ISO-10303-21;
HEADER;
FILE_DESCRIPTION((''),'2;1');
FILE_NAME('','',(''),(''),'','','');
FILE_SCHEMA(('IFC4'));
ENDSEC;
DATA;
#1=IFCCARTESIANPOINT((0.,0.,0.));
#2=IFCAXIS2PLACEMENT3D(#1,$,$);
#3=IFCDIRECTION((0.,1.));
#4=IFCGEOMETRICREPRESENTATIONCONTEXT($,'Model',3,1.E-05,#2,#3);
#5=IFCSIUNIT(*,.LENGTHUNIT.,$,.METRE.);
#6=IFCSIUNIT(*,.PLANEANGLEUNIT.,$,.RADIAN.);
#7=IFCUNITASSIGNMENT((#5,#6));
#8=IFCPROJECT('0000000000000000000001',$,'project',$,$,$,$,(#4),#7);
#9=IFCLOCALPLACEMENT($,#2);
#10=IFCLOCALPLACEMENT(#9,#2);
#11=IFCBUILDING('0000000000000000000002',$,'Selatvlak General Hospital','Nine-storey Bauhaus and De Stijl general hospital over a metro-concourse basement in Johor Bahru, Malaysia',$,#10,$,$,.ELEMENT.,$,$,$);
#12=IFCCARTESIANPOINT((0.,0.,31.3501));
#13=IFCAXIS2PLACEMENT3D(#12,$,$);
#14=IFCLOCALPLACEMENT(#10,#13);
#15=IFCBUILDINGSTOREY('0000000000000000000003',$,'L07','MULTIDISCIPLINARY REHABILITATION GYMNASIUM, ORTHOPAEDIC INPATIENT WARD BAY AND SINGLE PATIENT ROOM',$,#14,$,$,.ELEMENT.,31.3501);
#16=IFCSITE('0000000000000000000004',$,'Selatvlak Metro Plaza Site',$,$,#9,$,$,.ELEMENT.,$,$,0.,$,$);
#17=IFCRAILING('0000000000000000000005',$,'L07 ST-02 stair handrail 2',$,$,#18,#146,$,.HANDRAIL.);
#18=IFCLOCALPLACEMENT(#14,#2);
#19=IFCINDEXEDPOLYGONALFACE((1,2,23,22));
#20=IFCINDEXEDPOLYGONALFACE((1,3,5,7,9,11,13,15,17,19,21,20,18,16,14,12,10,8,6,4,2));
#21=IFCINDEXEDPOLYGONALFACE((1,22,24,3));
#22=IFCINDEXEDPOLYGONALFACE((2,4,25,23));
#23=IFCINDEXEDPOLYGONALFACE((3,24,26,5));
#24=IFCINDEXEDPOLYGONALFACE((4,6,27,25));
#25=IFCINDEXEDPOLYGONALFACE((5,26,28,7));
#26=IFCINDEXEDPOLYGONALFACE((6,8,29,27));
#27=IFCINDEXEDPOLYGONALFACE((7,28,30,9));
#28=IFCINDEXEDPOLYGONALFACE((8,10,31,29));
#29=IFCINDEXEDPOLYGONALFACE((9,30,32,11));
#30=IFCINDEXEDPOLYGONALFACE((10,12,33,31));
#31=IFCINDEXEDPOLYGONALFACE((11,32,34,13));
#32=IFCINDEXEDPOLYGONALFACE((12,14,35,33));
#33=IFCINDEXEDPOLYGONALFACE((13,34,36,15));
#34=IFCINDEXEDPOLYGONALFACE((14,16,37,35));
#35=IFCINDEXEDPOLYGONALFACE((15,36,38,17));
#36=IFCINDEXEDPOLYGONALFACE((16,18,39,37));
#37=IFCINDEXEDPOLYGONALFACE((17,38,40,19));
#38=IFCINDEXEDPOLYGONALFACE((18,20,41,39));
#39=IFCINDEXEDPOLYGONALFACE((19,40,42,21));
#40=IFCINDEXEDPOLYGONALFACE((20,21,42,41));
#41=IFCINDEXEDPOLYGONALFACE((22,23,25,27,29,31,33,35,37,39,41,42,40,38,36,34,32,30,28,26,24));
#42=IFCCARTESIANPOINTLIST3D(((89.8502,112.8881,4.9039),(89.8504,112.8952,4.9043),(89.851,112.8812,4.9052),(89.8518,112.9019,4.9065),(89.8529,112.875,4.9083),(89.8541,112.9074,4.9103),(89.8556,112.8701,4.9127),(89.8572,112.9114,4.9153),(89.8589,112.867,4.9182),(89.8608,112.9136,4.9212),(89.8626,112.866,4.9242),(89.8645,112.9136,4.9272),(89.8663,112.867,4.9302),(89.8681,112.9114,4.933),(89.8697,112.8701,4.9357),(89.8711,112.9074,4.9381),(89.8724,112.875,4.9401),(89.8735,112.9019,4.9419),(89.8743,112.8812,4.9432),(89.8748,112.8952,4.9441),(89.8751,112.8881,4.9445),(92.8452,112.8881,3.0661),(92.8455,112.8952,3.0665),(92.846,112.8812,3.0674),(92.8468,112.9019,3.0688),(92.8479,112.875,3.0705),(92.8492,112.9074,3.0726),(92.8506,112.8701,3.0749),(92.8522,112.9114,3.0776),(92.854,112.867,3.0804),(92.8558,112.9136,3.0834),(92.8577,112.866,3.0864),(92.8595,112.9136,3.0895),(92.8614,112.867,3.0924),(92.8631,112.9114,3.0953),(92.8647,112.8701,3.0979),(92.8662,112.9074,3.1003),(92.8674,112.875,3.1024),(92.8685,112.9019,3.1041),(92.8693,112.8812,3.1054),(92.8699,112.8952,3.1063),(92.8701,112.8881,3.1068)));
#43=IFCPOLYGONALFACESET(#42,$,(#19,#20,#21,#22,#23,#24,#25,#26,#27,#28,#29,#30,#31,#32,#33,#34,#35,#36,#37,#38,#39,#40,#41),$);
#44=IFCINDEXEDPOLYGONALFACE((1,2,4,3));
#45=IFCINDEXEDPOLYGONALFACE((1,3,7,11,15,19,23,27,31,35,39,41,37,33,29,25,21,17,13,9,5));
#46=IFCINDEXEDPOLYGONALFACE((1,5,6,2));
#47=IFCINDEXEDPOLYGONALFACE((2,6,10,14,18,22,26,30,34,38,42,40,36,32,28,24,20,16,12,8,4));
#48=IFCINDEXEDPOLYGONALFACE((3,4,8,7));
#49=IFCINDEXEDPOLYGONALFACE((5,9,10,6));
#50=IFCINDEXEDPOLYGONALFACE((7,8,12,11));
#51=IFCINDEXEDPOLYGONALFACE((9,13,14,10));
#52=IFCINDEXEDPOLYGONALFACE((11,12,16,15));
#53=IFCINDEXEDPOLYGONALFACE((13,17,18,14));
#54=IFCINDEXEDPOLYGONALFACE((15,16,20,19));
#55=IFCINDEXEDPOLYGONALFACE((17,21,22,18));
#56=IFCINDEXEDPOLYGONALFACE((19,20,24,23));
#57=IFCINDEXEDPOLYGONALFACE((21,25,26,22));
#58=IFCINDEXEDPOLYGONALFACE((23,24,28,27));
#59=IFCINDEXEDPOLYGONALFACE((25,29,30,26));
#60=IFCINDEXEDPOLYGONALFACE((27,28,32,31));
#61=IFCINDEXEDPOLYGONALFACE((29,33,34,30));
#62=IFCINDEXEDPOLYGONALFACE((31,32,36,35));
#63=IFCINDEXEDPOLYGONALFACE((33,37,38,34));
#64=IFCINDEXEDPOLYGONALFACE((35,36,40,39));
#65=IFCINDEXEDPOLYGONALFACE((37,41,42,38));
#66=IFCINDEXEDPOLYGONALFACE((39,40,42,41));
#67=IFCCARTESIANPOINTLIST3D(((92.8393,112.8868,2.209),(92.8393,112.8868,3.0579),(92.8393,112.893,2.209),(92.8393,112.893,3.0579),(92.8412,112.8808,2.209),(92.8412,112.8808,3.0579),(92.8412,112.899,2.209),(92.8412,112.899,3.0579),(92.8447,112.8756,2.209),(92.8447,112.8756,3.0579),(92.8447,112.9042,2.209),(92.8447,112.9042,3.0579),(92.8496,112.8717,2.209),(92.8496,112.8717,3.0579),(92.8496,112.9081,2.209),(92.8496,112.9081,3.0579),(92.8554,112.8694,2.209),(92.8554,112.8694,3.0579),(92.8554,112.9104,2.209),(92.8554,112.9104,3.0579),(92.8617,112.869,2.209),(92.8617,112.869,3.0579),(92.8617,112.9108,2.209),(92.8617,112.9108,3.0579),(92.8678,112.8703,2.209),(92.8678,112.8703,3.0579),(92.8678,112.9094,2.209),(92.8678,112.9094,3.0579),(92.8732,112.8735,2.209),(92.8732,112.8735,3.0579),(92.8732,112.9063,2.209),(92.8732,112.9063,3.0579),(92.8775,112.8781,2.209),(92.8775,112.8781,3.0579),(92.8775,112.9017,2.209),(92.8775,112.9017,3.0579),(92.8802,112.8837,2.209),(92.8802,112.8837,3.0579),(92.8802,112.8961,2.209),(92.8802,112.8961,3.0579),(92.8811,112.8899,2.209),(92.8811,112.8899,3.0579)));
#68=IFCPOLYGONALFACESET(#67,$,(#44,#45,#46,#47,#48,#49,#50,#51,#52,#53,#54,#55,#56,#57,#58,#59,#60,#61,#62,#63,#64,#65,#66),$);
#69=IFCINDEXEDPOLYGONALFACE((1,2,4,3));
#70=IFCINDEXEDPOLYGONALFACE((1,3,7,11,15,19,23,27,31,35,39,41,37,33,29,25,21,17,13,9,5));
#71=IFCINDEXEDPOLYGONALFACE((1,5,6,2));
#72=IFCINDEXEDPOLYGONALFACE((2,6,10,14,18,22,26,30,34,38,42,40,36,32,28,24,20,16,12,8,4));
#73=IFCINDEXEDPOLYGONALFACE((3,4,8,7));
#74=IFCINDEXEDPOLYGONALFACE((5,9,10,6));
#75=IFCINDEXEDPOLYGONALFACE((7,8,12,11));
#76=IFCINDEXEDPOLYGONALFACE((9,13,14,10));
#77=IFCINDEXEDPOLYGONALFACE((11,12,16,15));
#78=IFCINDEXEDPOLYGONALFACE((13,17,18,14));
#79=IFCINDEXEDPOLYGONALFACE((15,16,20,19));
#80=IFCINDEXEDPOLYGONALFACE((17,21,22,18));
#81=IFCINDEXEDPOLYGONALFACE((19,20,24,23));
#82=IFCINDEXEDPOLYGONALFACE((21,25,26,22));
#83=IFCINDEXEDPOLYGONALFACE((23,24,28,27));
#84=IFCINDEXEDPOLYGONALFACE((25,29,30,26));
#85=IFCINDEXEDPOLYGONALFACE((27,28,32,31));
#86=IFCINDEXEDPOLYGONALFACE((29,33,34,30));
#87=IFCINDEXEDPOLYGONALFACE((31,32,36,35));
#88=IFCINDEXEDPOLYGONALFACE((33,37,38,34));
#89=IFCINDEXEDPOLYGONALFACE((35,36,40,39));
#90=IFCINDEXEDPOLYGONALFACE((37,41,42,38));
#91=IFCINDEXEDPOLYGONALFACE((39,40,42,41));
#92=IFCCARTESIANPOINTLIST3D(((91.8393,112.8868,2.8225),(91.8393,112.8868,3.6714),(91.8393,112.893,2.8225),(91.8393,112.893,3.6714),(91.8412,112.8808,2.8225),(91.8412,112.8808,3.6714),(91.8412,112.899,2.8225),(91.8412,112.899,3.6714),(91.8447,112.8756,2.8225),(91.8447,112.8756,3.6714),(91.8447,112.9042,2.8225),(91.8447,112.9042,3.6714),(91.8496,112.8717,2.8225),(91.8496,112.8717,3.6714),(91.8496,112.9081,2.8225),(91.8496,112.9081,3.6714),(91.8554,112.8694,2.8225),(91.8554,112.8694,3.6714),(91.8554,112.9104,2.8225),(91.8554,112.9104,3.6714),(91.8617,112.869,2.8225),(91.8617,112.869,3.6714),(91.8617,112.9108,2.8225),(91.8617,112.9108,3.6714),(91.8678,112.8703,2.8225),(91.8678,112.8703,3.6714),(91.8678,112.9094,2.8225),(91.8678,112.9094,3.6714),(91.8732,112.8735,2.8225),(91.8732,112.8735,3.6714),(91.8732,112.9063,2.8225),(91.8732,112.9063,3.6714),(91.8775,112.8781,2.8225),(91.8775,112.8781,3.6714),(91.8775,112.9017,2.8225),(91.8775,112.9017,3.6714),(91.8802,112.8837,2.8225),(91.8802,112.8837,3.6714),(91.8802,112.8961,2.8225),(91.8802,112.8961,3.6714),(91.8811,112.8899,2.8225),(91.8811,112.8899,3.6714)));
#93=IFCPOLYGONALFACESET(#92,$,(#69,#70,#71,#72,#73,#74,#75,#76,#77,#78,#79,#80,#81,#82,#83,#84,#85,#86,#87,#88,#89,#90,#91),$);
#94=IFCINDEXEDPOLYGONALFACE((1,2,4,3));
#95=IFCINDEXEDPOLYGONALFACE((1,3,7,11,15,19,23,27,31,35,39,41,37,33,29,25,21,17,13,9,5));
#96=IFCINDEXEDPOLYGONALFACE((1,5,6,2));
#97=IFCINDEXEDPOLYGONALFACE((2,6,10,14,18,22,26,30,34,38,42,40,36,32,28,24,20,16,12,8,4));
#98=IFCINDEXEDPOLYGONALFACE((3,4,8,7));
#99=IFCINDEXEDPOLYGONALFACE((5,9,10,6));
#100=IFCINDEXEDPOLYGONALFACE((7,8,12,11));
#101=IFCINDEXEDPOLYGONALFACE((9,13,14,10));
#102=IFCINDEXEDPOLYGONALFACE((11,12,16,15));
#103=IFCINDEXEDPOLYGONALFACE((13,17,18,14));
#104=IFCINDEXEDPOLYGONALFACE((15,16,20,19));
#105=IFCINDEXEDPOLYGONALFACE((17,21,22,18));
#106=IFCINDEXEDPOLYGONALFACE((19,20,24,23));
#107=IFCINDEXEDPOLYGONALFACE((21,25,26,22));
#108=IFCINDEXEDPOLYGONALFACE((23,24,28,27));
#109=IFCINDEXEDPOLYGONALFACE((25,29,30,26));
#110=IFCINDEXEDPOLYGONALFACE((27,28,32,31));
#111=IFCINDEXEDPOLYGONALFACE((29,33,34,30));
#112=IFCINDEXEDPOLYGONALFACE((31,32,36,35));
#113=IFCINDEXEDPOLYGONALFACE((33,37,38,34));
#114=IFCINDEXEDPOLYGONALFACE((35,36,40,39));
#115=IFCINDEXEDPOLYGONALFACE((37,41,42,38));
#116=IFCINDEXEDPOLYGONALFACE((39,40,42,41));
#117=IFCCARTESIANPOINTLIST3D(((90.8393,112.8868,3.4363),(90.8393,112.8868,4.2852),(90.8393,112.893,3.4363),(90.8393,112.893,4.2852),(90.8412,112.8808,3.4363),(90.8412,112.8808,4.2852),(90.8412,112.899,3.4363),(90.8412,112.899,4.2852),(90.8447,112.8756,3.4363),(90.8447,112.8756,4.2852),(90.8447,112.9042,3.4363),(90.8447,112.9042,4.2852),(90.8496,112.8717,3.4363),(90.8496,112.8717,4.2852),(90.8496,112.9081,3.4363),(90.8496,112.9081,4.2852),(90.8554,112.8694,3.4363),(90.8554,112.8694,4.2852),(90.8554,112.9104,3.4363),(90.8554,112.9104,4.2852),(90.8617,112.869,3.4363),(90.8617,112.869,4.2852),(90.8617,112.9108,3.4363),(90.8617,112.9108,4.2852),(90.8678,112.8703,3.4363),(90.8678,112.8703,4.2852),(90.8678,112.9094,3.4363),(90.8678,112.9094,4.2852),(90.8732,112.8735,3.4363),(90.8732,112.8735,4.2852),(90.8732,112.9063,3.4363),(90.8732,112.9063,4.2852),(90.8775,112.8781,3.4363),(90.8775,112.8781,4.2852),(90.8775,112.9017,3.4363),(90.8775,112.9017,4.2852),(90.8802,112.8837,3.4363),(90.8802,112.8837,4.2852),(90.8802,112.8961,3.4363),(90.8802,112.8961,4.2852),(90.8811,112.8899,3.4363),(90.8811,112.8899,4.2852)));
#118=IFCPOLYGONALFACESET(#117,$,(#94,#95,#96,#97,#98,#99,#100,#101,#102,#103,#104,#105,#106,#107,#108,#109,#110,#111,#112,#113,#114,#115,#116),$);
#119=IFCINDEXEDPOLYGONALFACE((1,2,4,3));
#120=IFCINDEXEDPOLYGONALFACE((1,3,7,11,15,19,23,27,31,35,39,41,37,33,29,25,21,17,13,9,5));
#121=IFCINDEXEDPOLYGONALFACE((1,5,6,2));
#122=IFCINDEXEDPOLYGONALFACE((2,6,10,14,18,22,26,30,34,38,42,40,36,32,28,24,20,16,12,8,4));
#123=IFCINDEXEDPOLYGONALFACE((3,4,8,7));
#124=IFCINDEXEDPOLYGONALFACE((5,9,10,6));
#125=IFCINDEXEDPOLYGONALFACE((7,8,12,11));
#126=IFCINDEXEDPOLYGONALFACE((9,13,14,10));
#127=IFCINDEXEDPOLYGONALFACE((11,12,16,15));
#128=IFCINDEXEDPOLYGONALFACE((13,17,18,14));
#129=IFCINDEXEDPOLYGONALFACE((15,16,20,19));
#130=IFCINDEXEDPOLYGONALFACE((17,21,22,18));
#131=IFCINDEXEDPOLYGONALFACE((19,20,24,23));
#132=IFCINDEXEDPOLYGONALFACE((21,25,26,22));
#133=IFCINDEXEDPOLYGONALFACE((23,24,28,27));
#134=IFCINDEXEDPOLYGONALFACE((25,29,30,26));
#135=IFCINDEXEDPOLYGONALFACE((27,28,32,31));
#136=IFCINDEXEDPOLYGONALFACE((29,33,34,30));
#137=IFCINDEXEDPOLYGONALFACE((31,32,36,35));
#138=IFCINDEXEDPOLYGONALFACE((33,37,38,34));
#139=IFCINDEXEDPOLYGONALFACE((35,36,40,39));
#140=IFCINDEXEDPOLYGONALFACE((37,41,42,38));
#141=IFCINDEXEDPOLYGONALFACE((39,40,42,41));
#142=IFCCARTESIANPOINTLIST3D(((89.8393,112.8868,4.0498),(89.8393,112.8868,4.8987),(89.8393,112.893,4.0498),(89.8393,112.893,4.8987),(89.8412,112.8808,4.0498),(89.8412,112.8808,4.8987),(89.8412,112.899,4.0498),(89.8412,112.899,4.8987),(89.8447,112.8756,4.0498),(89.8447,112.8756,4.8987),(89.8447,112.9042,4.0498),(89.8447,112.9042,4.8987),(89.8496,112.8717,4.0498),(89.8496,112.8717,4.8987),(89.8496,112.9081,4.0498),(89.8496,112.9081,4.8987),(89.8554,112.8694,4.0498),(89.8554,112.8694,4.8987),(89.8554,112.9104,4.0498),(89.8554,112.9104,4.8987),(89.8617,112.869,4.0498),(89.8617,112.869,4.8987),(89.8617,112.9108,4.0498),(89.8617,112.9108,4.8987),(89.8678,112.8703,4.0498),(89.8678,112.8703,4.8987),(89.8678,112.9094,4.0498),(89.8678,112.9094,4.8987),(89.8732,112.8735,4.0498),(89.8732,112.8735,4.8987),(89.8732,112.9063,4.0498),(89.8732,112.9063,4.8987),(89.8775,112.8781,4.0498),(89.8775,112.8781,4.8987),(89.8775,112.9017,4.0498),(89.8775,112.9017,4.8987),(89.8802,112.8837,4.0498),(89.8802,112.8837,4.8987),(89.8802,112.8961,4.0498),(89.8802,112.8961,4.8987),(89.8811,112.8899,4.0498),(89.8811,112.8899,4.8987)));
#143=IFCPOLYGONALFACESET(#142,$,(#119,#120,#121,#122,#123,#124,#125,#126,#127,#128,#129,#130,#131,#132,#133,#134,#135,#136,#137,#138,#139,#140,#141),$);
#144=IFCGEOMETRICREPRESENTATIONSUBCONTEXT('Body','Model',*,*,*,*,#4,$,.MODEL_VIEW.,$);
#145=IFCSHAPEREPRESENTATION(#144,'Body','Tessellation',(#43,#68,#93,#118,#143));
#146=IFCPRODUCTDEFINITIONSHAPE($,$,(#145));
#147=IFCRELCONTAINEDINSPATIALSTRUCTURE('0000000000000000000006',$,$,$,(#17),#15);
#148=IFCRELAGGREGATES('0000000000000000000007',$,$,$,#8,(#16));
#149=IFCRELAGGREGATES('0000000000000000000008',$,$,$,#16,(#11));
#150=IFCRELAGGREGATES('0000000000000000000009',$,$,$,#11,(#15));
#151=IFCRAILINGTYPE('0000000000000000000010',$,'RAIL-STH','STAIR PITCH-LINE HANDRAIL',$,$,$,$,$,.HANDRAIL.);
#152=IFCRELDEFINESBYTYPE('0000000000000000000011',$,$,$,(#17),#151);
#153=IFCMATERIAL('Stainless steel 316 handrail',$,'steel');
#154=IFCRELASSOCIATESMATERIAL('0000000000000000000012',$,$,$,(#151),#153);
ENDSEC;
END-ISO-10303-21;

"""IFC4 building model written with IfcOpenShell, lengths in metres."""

from ifc_helpers import new_model, si_unit, direction, frame, origin, origin_2d, place, context, subcontext, project, spatial, circle, extrude, material, type_object, element, save


model = new_model("IFC4")

# Units and contexts
model_context = context("Model", 3, precision=1e-05, world=origin(), true_north=direction((0.0, 1.0)))
body_context = subcontext(model_context, "Body", "Model", "MODEL_VIEW")
ifc_project = project(units=[si_unit("LENGTHUNIT", "METRE"), si_unit("PLANEANGLEUNIT", "RADIAN")], contexts=[model_context])

# Site, building, storey
site_placement = place(None, origin())
site = spatial("IfcSite", under=ifc_project, at=site_placement, Name="Selatvlak Metro Plaza Site", CompositionType="ELEMENT", RefElevation=0.0)
building_placement = place(site_placement, origin())
building = spatial("IfcBuilding", under=site, at=building_placement, Name="Selatvlak General Hospital", Description="Nine-storey Bauhaus and De Stijl general hospital over a metro-concourse basement in Johor Bahru, Malaysia", CompositionType="ELEMENT")
storey_placement = place(building_placement, frame((0.0, 0.0, 31.3501)))
storey = spatial("IfcBuildingStorey", under=building, at=storey_placement, Name="L07", Description="MULTIDISCIPLINARY REHABILITATION GYMNASIUM, ORTHOPAEDIC INPATIENT WARD BAY AND SINGLE PATIENT ROOM", CompositionType="ELEMENT", Elevation=31.3501)

# Railing
ifc_material_1 = material(Name="Stainless steel 316 handrail", Category="steel")
railing_type_1 = type_object("IfcRailingType", Name="RAIL-STH", Description="STAIR PITCH-LINE HANDRAIL", PredefinedType="HANDRAIL", material=ifc_material_1)
railing_1_placement = place(storey_placement, frame((92.8601, 112.8899, 2.209)))
element("IfcRailing", 1, at=railing_1_placement, inside=storey, type_object=railing_type_1, Name="L07 ST-02 stair handrail 2", PredefinedType="HANDRAIL", context=body_context, shape_type="SweptSolid", body=[
    extrude(circle(Radius=0.0239, at=origin_2d()), frame((-0.0024, 0.0, 0.8774), z_axis=(-0.852334, 0.0, 0.522998), x_axis=(0.0, -1.0, 0.0)), (0.0, 0.0, 1.0), 3.5139),
    extrude(circle(Radius=0.021, at=origin_2d()), origin(), (0.0, 0.0, 1.0), 0.8489),
    extrude(circle(Radius=0.021, at=origin_2d()), frame((-1.0, 0.0, 0.6135)), (0.0, 0.0, 1.0), 0.8489),
    extrude(circle(Radius=0.021, at=origin_2d()), frame((-2.0, 0.0, 1.2273)), (0.0, 0.0, 1.0), 0.8489),
    extrude(circle(Radius=0.021, at=origin_2d()), frame((-3.0, 0.0, 1.8408)), (0.0, 0.0, 1.0), 0.8489),
])

save(model, "model.ifc")
